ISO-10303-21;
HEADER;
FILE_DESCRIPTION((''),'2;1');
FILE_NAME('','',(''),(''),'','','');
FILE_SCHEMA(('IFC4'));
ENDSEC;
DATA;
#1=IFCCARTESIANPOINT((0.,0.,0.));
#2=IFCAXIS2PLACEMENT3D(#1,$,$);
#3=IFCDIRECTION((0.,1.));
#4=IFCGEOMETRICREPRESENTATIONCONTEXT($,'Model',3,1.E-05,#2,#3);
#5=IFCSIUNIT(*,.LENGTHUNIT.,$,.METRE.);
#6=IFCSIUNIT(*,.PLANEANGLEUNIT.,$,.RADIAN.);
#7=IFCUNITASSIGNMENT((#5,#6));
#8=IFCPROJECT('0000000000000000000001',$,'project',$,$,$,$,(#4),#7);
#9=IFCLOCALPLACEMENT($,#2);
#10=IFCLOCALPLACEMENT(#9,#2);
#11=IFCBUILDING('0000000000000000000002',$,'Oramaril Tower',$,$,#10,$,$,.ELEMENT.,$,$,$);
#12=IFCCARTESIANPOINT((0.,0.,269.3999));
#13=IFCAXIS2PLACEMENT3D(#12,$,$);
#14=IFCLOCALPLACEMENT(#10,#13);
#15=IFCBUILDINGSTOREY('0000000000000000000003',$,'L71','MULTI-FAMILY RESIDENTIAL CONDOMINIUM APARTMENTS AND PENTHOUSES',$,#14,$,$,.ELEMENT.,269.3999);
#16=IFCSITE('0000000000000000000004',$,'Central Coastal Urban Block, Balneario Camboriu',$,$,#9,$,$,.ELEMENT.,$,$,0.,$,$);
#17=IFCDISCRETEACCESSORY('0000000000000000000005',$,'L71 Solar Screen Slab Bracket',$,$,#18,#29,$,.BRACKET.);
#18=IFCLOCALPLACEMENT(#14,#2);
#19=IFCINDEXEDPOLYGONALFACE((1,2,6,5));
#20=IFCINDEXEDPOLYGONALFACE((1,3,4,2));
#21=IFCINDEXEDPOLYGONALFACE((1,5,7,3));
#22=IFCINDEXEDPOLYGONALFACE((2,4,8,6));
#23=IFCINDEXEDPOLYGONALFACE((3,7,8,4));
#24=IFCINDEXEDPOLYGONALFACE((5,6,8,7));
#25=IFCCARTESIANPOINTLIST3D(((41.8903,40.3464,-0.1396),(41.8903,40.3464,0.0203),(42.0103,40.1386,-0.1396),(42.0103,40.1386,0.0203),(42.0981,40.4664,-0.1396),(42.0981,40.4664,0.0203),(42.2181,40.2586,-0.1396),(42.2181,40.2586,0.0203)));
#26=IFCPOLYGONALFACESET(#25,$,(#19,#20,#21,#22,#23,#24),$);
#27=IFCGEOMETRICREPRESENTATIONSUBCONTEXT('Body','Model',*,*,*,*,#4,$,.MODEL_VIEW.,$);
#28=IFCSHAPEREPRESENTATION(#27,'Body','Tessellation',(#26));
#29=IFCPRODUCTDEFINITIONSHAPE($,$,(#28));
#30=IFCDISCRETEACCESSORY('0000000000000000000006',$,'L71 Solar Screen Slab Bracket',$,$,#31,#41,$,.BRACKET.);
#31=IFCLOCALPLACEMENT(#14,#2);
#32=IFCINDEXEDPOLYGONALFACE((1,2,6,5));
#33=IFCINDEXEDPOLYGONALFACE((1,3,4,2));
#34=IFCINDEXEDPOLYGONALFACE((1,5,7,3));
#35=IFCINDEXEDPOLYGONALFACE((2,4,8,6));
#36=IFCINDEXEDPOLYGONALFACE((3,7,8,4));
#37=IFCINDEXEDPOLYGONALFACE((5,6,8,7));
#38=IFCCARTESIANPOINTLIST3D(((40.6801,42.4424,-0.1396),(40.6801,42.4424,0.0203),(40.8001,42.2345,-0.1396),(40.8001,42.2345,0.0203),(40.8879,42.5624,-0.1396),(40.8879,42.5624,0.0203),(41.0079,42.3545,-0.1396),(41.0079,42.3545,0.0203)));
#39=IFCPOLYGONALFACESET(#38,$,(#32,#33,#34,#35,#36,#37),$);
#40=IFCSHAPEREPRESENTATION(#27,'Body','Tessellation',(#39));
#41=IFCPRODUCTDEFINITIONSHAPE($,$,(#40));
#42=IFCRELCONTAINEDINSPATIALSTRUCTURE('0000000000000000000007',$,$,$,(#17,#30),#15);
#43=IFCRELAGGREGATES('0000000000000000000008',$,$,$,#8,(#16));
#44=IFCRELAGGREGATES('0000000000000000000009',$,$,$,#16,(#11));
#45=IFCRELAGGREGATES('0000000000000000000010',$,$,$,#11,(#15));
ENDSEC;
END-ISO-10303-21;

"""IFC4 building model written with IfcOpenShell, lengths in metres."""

from ifc_helpers import new_model, si_unit, direction, frame, origin, origin_2d, place, context, subcontext, project, spatial, rectangle, extrude, element, save


model = new_model("IFC4")

# Units and contexts
model_context = context("Model", 3, precision=1e-05, world=origin(), true_north=direction((0.0, 1.0)))
body_context = subcontext(model_context, "Body", "Model", "MODEL_VIEW")
ifc_project = project(units=[si_unit("LENGTHUNIT", "METRE"), si_unit("PLANEANGLEUNIT", "RADIAN")], contexts=[model_context])

# Site, building, storey
site_placement = place(None, origin())
site = spatial("IfcSite", under=ifc_project, at=site_placement, Name="Central Coastal Urban Block, Balneario Camboriu", CompositionType="ELEMENT", RefElevation=0.0)
building_placement = place(site_placement, origin())
building = spatial("IfcBuilding", under=site, at=building_placement, Name="Oramaril Tower", CompositionType="ELEMENT")
storey_placement = place(building_placement, frame((0.0, 0.0, 269.3999)))
storey = spatial("IfcBuildingStorey", under=building, at=storey_placement, Name="L71", Description="MULTI-FAMILY RESIDENTIAL CONDOMINIUM APARTMENTS AND PENTHOUSES", CompositionType="ELEMENT", Elevation=269.3999)

# Discrete accessories
for number, where, z_axis, x_axis, name in (
    (1, (42.0542, 40.3025, -0.1396), (0.0, 0.0, 1.0), (-0.5, 0.866025, 0.0), "L71 Solar Screen Slab Bracket"),
    (2, (40.844, 42.3984, -0.1396), (0.0, 0.0, 1.0), (-0.5, 0.866025, 0.0), "L71 Solar Screen Slab Bracket"),
):
    element("IfcDiscreteAccessory", number, at=place(storey_placement, frame(where, z_axis=z_axis, x_axis=x_axis)), inside=storey, Name=name, PredefinedType="BRACKET", context=body_context, shape_type="SweptSolid", body=[
        extrude(rectangle(XDim=0.24, YDim=0.24, at=origin_2d()), origin(), (0.0, 0.0, 1.0), 0.1599),
    ])

save(model, "model.ifc")
